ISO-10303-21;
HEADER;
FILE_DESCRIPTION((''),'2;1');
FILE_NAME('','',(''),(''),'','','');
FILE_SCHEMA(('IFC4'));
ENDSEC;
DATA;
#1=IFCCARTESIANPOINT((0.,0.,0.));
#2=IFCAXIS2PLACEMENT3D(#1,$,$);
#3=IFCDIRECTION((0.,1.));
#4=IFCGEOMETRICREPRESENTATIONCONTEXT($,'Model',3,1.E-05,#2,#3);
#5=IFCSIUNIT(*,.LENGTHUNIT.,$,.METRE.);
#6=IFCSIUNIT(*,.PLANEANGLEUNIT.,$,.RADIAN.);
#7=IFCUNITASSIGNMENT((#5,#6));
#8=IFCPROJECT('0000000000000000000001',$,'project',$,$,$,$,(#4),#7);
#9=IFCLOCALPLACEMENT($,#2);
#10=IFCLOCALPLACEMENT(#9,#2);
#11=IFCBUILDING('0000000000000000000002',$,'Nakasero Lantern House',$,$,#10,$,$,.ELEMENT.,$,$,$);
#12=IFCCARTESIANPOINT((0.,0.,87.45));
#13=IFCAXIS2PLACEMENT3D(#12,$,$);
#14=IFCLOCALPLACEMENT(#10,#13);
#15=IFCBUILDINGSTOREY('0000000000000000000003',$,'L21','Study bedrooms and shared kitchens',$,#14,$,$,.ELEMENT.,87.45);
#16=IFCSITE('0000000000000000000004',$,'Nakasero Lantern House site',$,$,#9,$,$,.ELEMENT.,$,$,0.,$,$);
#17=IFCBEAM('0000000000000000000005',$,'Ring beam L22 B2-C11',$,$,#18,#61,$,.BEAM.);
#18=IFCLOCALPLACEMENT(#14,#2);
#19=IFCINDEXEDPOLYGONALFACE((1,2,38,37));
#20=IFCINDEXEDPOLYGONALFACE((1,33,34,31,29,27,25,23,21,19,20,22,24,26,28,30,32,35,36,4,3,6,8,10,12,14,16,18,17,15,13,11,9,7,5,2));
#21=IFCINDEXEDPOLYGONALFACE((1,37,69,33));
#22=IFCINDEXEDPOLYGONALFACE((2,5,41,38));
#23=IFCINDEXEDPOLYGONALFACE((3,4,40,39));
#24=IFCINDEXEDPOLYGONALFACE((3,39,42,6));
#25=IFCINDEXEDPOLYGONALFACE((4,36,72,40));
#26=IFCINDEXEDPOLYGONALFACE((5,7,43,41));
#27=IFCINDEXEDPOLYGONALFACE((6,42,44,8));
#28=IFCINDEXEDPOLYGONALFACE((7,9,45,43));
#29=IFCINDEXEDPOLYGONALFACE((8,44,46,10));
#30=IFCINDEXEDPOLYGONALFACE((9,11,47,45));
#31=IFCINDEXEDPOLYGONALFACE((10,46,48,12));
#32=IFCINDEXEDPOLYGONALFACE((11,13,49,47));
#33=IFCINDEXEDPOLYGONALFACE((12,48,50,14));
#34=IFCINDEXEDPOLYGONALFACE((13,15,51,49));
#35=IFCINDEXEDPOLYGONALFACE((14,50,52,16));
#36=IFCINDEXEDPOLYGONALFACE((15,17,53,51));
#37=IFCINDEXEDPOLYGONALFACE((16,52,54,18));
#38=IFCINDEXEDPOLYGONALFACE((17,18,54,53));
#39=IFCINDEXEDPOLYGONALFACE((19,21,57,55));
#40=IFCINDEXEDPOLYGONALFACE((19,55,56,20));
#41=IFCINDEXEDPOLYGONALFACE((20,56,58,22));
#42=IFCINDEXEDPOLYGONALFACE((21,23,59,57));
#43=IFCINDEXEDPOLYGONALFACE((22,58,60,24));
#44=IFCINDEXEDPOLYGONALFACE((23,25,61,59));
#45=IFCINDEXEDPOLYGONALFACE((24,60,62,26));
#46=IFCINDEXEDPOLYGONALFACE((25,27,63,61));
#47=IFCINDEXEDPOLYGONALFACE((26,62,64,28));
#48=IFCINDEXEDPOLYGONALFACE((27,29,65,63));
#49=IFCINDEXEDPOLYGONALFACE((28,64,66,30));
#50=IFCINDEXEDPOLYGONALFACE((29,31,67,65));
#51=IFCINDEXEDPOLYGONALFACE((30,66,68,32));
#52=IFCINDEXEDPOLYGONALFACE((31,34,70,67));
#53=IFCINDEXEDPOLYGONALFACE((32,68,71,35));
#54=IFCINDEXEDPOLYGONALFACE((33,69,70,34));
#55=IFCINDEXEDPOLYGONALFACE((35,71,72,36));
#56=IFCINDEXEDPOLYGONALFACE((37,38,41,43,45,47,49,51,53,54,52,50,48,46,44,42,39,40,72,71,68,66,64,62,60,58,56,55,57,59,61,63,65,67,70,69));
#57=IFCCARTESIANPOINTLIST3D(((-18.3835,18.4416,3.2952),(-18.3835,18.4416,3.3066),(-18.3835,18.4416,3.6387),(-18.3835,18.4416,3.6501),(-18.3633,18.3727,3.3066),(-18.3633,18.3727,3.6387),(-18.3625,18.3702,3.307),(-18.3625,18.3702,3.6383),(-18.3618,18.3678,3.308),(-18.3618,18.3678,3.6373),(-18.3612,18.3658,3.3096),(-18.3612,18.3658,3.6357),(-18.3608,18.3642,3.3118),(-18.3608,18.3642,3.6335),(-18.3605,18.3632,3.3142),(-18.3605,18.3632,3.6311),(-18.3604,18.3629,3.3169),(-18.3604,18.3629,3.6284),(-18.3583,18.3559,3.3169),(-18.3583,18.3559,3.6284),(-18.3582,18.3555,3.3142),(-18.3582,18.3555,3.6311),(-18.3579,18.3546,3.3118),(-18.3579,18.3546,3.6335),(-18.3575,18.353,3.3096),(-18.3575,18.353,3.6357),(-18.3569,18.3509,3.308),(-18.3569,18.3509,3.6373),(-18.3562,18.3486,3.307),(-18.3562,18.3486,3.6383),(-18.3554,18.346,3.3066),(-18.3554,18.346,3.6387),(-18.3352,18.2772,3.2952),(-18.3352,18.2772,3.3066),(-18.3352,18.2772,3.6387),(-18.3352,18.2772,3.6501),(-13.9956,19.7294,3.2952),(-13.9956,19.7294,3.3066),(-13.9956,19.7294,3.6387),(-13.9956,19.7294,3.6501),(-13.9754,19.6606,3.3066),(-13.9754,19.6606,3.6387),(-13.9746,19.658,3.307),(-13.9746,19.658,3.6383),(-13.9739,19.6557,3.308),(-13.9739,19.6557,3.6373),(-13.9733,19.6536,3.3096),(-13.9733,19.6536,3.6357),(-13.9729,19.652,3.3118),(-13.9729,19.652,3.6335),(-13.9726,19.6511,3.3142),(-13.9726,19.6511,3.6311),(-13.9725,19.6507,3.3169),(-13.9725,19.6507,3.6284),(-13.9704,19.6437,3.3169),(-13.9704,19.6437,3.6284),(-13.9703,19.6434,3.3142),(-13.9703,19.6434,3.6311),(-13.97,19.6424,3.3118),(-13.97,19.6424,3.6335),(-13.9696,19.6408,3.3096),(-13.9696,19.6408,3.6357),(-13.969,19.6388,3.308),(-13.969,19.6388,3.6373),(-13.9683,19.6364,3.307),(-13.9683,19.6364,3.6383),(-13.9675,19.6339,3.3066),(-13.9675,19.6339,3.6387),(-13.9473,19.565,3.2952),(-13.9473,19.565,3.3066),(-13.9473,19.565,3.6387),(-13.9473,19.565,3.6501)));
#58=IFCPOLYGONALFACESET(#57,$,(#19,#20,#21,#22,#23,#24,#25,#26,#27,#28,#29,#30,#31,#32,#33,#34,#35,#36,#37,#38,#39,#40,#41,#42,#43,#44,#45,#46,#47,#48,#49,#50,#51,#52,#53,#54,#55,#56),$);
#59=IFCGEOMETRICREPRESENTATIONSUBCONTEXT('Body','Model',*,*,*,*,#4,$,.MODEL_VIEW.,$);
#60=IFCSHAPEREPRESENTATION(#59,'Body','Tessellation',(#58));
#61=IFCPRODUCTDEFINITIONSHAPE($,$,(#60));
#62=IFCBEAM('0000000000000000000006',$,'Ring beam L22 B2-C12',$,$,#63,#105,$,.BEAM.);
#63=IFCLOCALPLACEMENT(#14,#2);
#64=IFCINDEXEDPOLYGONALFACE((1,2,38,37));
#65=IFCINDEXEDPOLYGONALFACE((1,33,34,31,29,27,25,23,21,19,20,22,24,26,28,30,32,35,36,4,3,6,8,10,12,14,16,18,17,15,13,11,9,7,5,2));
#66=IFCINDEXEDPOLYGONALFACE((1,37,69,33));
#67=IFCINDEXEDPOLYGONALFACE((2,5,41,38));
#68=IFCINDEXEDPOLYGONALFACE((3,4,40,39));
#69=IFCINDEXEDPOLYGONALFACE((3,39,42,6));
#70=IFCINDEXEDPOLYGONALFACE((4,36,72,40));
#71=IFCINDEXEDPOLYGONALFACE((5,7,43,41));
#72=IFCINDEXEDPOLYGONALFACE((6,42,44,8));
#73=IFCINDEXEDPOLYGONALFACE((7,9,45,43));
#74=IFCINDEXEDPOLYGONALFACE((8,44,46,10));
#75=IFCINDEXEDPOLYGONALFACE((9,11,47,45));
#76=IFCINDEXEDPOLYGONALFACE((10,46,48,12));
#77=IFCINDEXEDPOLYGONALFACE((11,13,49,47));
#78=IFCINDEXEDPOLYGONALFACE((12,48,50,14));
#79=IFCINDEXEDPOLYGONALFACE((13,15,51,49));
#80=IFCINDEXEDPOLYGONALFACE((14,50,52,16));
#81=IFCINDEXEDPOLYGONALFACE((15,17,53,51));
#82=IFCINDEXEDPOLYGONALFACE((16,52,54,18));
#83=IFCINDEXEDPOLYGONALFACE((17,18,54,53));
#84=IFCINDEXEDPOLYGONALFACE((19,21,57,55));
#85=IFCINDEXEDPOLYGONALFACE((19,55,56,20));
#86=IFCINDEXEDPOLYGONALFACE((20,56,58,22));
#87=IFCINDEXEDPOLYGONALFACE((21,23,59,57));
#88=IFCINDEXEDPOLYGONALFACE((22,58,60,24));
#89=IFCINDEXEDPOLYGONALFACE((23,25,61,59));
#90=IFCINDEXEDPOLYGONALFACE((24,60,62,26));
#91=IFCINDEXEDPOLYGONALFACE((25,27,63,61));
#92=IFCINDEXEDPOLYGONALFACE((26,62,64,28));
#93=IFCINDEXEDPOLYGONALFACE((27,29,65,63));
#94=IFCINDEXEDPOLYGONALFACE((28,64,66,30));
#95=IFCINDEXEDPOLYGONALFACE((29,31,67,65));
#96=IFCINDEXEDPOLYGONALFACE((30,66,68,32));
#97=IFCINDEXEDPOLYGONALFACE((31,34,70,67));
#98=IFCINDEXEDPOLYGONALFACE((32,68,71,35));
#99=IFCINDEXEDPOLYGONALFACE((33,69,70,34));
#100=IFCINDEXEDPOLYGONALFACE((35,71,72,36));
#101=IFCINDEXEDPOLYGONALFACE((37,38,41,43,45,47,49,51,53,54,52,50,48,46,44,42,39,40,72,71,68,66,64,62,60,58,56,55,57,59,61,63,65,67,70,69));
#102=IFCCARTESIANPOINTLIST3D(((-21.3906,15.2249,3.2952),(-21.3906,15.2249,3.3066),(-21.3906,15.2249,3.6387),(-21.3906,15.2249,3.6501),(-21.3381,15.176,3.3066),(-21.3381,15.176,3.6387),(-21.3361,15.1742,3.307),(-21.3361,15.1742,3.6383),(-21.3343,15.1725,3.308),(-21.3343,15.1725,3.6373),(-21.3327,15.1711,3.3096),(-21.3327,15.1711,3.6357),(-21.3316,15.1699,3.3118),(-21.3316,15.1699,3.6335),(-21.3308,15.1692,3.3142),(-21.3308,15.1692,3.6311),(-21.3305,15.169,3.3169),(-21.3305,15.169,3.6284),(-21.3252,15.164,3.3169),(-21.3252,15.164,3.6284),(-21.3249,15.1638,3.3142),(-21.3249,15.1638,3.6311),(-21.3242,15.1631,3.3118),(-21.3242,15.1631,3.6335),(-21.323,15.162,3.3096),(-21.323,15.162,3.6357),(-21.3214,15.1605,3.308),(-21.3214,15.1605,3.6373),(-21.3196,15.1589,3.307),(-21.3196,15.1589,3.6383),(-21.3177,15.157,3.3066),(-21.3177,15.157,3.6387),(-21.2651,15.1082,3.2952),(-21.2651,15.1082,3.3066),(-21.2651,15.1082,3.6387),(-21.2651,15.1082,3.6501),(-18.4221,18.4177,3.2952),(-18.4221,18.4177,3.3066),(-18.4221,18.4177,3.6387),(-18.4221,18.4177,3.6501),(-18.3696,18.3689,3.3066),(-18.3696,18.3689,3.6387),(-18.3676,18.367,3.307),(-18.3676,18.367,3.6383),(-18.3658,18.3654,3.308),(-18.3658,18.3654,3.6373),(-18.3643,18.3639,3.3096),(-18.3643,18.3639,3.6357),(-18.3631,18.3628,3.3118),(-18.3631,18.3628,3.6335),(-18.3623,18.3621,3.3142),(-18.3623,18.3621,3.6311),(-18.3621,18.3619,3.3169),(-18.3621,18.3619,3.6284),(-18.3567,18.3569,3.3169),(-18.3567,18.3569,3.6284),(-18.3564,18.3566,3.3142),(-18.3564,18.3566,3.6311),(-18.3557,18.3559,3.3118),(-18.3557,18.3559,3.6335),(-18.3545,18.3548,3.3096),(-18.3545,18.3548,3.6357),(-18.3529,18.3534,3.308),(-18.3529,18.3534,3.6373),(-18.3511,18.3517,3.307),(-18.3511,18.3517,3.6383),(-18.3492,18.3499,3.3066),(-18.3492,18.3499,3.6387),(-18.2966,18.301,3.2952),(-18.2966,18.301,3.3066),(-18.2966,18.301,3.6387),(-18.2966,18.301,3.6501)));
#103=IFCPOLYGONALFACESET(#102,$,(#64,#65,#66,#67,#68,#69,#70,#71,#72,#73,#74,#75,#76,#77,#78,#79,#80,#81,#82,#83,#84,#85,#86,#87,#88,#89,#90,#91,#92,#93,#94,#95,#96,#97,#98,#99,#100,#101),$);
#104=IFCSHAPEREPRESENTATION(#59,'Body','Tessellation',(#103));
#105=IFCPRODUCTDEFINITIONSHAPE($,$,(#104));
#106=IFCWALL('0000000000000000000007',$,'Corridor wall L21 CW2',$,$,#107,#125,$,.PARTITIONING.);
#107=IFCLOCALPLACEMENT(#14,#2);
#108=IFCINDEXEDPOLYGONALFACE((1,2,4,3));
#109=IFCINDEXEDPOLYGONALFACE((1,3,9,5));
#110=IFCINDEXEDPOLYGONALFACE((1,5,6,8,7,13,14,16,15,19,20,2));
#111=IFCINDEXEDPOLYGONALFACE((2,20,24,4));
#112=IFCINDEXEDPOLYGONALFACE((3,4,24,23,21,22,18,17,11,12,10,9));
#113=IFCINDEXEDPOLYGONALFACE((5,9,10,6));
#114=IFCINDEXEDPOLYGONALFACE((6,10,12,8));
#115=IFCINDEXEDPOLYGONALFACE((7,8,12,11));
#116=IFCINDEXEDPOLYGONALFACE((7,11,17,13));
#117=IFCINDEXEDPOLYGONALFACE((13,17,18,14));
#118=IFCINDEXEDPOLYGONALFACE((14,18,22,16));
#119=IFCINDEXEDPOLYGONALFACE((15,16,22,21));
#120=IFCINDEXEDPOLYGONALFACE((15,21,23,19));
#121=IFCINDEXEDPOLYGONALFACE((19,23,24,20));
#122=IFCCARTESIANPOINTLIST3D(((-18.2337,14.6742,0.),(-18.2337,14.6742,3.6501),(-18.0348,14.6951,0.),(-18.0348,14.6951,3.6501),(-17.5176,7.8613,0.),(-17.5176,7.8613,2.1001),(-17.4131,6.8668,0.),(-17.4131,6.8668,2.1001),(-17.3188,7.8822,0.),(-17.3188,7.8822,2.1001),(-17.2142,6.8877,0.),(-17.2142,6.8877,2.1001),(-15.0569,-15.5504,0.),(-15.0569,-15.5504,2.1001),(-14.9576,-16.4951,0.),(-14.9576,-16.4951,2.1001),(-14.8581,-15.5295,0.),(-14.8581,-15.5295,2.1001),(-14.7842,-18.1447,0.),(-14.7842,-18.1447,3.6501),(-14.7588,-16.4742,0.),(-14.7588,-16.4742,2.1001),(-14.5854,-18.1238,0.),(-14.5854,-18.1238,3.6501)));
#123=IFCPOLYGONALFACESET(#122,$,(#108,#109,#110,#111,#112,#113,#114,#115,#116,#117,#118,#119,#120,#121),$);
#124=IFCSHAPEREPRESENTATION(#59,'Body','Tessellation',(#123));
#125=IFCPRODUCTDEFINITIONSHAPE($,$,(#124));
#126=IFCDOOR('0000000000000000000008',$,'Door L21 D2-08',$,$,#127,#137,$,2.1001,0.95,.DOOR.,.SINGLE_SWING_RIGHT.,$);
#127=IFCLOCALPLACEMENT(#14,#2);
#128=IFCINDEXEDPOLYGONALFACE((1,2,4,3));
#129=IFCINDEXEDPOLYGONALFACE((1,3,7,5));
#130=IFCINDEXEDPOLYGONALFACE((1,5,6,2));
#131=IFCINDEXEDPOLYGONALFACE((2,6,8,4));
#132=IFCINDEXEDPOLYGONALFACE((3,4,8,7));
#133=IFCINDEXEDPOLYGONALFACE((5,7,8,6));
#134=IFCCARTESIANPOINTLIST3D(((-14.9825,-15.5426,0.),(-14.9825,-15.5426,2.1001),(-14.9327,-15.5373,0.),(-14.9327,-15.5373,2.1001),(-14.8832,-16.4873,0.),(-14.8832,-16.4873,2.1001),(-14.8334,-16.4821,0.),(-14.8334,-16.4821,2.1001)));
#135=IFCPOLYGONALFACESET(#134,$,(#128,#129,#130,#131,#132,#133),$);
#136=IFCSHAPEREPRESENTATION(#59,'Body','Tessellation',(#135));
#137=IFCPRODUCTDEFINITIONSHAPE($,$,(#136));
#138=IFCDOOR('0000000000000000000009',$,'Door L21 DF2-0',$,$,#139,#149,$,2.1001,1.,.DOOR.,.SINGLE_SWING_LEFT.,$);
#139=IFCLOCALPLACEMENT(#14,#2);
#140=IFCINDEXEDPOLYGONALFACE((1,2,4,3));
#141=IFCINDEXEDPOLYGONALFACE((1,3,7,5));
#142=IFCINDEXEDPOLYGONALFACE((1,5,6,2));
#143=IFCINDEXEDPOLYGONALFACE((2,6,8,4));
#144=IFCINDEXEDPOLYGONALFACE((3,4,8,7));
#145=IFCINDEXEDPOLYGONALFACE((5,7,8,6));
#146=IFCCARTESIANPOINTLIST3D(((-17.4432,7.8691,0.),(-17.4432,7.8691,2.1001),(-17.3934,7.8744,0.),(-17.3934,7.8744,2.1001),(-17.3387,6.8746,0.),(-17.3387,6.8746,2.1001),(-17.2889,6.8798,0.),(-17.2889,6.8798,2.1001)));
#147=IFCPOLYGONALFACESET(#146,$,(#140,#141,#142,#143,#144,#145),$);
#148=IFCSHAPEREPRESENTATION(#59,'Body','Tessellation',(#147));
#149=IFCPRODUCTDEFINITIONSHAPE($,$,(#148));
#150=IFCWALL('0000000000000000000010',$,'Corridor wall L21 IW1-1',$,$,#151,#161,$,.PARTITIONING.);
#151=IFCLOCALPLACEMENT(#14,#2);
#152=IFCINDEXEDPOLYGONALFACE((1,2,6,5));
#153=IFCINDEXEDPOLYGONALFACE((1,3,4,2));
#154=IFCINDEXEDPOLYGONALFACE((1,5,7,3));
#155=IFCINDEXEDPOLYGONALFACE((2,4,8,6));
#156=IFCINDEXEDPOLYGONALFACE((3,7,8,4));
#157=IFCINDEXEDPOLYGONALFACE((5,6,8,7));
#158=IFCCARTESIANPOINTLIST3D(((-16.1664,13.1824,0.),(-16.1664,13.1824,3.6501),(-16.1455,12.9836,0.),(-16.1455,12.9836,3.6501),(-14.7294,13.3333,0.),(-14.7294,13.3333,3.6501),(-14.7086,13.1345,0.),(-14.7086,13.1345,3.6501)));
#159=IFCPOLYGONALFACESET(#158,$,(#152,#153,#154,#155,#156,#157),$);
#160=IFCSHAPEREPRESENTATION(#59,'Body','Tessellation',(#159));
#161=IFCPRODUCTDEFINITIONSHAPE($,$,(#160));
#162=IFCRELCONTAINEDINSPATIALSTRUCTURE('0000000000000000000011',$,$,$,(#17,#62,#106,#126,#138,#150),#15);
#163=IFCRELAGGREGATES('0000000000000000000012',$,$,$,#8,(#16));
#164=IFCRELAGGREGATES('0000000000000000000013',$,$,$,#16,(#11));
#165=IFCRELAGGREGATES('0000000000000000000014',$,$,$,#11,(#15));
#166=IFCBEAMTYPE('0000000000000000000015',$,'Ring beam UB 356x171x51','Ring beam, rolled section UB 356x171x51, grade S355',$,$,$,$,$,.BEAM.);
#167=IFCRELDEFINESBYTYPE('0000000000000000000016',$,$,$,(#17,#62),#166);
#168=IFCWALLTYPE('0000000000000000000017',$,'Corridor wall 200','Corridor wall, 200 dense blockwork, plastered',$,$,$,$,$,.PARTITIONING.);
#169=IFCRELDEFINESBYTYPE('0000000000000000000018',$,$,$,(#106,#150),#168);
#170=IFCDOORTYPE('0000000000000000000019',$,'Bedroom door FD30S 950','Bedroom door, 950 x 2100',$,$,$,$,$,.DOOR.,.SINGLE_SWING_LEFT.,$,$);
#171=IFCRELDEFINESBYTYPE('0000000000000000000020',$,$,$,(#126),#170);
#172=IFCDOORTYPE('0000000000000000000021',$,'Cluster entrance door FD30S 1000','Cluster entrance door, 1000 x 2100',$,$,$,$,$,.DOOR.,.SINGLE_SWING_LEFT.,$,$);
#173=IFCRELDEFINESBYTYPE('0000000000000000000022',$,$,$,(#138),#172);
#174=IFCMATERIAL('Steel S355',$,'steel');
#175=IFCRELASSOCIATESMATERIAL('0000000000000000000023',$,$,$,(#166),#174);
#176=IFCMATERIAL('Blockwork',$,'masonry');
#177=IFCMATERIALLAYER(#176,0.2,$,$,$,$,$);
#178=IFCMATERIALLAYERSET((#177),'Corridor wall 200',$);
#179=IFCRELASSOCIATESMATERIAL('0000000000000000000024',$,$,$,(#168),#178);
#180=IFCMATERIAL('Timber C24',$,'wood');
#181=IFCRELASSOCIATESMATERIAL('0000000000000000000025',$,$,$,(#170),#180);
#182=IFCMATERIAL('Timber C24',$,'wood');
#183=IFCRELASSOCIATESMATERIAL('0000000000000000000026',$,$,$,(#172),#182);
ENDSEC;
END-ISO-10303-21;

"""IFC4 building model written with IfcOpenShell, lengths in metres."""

from ifc_helpers import new_model, si_unit, direction, frame, frame_2d, origin, origin_2d, place, context, subcontext, project, spatial, rectangle, i_section, extrude, material, layer, layer_set, material_profile, profile_set, type_object, element, fill, save


model = new_model("IFC4")

# Units and contexts
model_context = context("Model", 3, precision=1e-05, world=origin(), true_north=direction((0.0, 1.0)))
body_context = subcontext(model_context, "Body", "Model", "MODEL_VIEW")
ifc_project = project(units=[si_unit("LENGTHUNIT", "METRE"), si_unit("PLANEANGLEUNIT", "RADIAN")], contexts=[model_context])

# Site, building, storey
site_placement = place(None, origin())
site = spatial("IfcSite", under=ifc_project, at=site_placement, Name="Nakasero Lantern House site", CompositionType="ELEMENT", RefElevation=0.0)
building_placement = place(site_placement, origin())
building = spatial("IfcBuilding", under=site, at=building_placement, Name="Nakasero Lantern House", CompositionType="ELEMENT")
storey_placement = place(building_placement, frame((0.0, 0.0, 87.45)))
storey = spatial("IfcBuildingStorey", under=building, at=storey_placement, Name="L21", Description="Study bedrooms and shared kitchens", CompositionType="ELEMENT", Elevation=87.45)

# Beams
ifc_material_1 = material(Name="Steel S355", Category="steel")
ifc_material_profile_1 = material_profile(ifc_material_1, i_section(OverallWidth=0.1714, OverallDepth=0.355, WebThickness=0.0073, FlangeThickness=0.0115, FilletRadius=0.0103, at=origin_2d()), Name="UB 356x171x51")
ifc_profile_set_1 = profile_set([ifc_material_profile_1], Name="Steel S355")
beam_type_1 = type_object("IfcBeamType", Name="Ring beam UB 356x171x51", Description="Ring beam, rolled section UB 356x171x51, grade S355", PredefinedType="BEAM", material=ifc_profile_set_1)
beam_1_placement = place(storey_placement, frame((-13.9714, 19.6472, 3.4727), z_axis=(-0.959527, -0.281617, 0.0), x_axis=(0.281617, -0.959527, 0.0)))
element("IfcBeam", 1, at=beam_1_placement, inside=storey, type_object=beam_type_1, Name="Ring beam L22 B2-C11", PredefinedType="BEAM", context=body_context, shape_type="SweptSolid", body=[
    extrude(i_section(OverallWidth=0.1714, OverallDepth=0.355, WebThickness=0.0073, FlangeThickness=0.0115, FilletRadius=0.0103, at=origin_2d()), origin(), (0.0, 0.0, 1.0), 4.573),
])
beam_2_placement = place(storey_placement, frame((-18.3594, 18.3594, 3.4727), z_axis=(-0.680906, -0.732371, 0.0), x_axis=(0.732371, -0.680906, 0.0)))
element("IfcBeam", 2, at=beam_2_placement, inside=storey, type_object=beam_type_1, Name="Ring beam L22 B2-C12", PredefinedType="BEAM", context=body_context, shape_type="SweptSolid", body=[
    extrude(i_section(OverallWidth=0.1714, OverallDepth=0.355, WebThickness=0.0073, FlangeThickness=0.0115, FilletRadius=0.0103, at=origin_2d()), origin(), (0.0, 0.0, 1.0), 4.3596),
])

# Wall, openings, doors
ifc_material_2 = material(Name="Blockwork", Category="masonry")
ifc_layer_1 = layer(ifc_material_2, 0.2)
ifc_layer_set_1 = layer_set([ifc_layer_1], Name="Corridor wall 200")
wall_type_1 = type_object("IfcWallType", Name="Corridor wall 200", Description="Corridor wall, 200 dense blockwork, plastered", PredefinedType="PARTITIONING", material=ifc_layer_set_1)
wall_1_placement = place(storey_placement, frame((-18.1343, 14.6848, 0.0), z_axis=(0.0, 0.0, 1.0), x_axis=(0.10453, -0.994522, 0.0)))
wall_1 = element("IfcWall", 3, at=wall_1_placement, inside=storey, type_object=wall_type_1, Name="Corridor wall L21 CW2", PredefinedType="PARTITIONING", context=body_context, shape_type="SweptSolid", body=[
    extrude(rectangle(XDim=32.9998, YDim=0.2, at=frame_2d((16.5, 0.0))), origin(), (0.0, 0.0, 1.0), 3.6501),
])
opening_1_placement = place(wall_1_placement, frame((6.8506, 0.0, 0.0)))
opening_1 = element("IfcOpeningElement", 4, at=opening_1_placement, cuts=wall_1, PredefinedType="OPENING", context=body_context, shape_type="SweptSolid", body=[
    extrude(rectangle(XDim=1.0, YDim=2.1001, at=frame_2d((0.5, 1.05))), frame((0.0, 0.1199, 0.0), z_axis=(0.0, -1.0, 0.0), x_axis=(1.0, 0.0, 0.0)), (0.0, 0.0, 1.0), 0.24),
])
opening_2_placement = place(wall_1_placement, frame((30.3911, 0.0, 0.0)))
opening_2 = element("IfcOpeningElement", 5, at=opening_2_placement, cuts=wall_1, PredefinedType="OPENING", context=body_context, shape_type="SweptSolid", body=[
    extrude(rectangle(XDim=0.95, YDim=2.1001, at=frame_2d((0.4751, 1.05))), frame((0.0, 0.1199, 0.0), z_axis=(0.0, -1.0, 0.0), x_axis=(1.0, 0.0, 0.0)), (0.0, 0.0, 1.0), 0.24),
])
ifc_material_3 = material(Name="Timber C24", Category="wood")
door_type_1 = type_object("IfcDoorType", Name="Bedroom door FD30S 950", Description="Bedroom door, 950 x 2100", OperationType="SINGLE_SWING_LEFT", PredefinedType="DOOR", material=ifc_material_3)
door_1_placement = place(opening_2_placement, origin())
door_1 = element("IfcDoor", 6, at=door_1_placement, inside=storey, type_object=door_type_1, Name="Door L21 D2-08", OperationType="SINGLE_SWING_RIGHT", OverallHeight=2.1001, OverallWidth=0.95, PredefinedType="DOOR", context=body_context, shape_type="SweptSolid", body=[
    extrude(rectangle(XDim=0.95, YDim=2.1001, at=frame_2d((0.4751, 1.05))), frame((0.0, 0.0249, 0.0), z_axis=(0.0, -1.0, 0.0), x_axis=(1.0, 0.0, 0.0)), (0.0, 0.0, 1.0), 0.05),
])
fill(opening_2, door_1)
ifc_material_4 = material(Name="Timber C24", Category="wood")
door_type_2 = type_object("IfcDoorType", Name="Cluster entrance door FD30S 1000", Description="Cluster entrance door, 1000 x 2100", OperationType="SINGLE_SWING_LEFT", PredefinedType="DOOR", material=ifc_material_4)
door_2_placement = place(opening_1_placement, origin())
door_2 = element("IfcDoor", 7, at=door_2_placement, inside=storey, type_object=door_type_2, Name="Door L21 DF2-0", OperationType="SINGLE_SWING_LEFT", OverallHeight=2.1001, OverallWidth=1.0, PredefinedType="DOOR", context=body_context, shape_type="SweptSolid", body=[
    extrude(rectangle(XDim=1.0, YDim=2.1001, at=frame_2d((0.5, 1.05))), frame((0.0, 0.0249, 0.0), z_axis=(0.0, -1.0, 0.0), x_axis=(1.0, 0.0, 0.0)), (0.0, 0.0, 1.0), 0.05),
])
fill(opening_1, door_2)

# Wall
wall_2_placement = place(storey_placement, frame((-14.719, 13.2339, 0.0), z_axis=(0.0, 0.0, 1.0), x_axis=(-0.994533, -0.104421, 0.0)))
element("IfcWall", 8, at=wall_2_placement, inside=storey, type_object=wall_type_1, Name="Corridor wall L21 IW1-1", PredefinedType="PARTITIONING", context=body_context, shape_type="SweptSolid", body=[
    extrude(rectangle(XDim=1.4448, YDim=0.2, at=frame_2d((0.7224, 0.0))), origin(), (0.0, 0.0, 1.0), 3.6501),
])

save(model, "model.ifc")
